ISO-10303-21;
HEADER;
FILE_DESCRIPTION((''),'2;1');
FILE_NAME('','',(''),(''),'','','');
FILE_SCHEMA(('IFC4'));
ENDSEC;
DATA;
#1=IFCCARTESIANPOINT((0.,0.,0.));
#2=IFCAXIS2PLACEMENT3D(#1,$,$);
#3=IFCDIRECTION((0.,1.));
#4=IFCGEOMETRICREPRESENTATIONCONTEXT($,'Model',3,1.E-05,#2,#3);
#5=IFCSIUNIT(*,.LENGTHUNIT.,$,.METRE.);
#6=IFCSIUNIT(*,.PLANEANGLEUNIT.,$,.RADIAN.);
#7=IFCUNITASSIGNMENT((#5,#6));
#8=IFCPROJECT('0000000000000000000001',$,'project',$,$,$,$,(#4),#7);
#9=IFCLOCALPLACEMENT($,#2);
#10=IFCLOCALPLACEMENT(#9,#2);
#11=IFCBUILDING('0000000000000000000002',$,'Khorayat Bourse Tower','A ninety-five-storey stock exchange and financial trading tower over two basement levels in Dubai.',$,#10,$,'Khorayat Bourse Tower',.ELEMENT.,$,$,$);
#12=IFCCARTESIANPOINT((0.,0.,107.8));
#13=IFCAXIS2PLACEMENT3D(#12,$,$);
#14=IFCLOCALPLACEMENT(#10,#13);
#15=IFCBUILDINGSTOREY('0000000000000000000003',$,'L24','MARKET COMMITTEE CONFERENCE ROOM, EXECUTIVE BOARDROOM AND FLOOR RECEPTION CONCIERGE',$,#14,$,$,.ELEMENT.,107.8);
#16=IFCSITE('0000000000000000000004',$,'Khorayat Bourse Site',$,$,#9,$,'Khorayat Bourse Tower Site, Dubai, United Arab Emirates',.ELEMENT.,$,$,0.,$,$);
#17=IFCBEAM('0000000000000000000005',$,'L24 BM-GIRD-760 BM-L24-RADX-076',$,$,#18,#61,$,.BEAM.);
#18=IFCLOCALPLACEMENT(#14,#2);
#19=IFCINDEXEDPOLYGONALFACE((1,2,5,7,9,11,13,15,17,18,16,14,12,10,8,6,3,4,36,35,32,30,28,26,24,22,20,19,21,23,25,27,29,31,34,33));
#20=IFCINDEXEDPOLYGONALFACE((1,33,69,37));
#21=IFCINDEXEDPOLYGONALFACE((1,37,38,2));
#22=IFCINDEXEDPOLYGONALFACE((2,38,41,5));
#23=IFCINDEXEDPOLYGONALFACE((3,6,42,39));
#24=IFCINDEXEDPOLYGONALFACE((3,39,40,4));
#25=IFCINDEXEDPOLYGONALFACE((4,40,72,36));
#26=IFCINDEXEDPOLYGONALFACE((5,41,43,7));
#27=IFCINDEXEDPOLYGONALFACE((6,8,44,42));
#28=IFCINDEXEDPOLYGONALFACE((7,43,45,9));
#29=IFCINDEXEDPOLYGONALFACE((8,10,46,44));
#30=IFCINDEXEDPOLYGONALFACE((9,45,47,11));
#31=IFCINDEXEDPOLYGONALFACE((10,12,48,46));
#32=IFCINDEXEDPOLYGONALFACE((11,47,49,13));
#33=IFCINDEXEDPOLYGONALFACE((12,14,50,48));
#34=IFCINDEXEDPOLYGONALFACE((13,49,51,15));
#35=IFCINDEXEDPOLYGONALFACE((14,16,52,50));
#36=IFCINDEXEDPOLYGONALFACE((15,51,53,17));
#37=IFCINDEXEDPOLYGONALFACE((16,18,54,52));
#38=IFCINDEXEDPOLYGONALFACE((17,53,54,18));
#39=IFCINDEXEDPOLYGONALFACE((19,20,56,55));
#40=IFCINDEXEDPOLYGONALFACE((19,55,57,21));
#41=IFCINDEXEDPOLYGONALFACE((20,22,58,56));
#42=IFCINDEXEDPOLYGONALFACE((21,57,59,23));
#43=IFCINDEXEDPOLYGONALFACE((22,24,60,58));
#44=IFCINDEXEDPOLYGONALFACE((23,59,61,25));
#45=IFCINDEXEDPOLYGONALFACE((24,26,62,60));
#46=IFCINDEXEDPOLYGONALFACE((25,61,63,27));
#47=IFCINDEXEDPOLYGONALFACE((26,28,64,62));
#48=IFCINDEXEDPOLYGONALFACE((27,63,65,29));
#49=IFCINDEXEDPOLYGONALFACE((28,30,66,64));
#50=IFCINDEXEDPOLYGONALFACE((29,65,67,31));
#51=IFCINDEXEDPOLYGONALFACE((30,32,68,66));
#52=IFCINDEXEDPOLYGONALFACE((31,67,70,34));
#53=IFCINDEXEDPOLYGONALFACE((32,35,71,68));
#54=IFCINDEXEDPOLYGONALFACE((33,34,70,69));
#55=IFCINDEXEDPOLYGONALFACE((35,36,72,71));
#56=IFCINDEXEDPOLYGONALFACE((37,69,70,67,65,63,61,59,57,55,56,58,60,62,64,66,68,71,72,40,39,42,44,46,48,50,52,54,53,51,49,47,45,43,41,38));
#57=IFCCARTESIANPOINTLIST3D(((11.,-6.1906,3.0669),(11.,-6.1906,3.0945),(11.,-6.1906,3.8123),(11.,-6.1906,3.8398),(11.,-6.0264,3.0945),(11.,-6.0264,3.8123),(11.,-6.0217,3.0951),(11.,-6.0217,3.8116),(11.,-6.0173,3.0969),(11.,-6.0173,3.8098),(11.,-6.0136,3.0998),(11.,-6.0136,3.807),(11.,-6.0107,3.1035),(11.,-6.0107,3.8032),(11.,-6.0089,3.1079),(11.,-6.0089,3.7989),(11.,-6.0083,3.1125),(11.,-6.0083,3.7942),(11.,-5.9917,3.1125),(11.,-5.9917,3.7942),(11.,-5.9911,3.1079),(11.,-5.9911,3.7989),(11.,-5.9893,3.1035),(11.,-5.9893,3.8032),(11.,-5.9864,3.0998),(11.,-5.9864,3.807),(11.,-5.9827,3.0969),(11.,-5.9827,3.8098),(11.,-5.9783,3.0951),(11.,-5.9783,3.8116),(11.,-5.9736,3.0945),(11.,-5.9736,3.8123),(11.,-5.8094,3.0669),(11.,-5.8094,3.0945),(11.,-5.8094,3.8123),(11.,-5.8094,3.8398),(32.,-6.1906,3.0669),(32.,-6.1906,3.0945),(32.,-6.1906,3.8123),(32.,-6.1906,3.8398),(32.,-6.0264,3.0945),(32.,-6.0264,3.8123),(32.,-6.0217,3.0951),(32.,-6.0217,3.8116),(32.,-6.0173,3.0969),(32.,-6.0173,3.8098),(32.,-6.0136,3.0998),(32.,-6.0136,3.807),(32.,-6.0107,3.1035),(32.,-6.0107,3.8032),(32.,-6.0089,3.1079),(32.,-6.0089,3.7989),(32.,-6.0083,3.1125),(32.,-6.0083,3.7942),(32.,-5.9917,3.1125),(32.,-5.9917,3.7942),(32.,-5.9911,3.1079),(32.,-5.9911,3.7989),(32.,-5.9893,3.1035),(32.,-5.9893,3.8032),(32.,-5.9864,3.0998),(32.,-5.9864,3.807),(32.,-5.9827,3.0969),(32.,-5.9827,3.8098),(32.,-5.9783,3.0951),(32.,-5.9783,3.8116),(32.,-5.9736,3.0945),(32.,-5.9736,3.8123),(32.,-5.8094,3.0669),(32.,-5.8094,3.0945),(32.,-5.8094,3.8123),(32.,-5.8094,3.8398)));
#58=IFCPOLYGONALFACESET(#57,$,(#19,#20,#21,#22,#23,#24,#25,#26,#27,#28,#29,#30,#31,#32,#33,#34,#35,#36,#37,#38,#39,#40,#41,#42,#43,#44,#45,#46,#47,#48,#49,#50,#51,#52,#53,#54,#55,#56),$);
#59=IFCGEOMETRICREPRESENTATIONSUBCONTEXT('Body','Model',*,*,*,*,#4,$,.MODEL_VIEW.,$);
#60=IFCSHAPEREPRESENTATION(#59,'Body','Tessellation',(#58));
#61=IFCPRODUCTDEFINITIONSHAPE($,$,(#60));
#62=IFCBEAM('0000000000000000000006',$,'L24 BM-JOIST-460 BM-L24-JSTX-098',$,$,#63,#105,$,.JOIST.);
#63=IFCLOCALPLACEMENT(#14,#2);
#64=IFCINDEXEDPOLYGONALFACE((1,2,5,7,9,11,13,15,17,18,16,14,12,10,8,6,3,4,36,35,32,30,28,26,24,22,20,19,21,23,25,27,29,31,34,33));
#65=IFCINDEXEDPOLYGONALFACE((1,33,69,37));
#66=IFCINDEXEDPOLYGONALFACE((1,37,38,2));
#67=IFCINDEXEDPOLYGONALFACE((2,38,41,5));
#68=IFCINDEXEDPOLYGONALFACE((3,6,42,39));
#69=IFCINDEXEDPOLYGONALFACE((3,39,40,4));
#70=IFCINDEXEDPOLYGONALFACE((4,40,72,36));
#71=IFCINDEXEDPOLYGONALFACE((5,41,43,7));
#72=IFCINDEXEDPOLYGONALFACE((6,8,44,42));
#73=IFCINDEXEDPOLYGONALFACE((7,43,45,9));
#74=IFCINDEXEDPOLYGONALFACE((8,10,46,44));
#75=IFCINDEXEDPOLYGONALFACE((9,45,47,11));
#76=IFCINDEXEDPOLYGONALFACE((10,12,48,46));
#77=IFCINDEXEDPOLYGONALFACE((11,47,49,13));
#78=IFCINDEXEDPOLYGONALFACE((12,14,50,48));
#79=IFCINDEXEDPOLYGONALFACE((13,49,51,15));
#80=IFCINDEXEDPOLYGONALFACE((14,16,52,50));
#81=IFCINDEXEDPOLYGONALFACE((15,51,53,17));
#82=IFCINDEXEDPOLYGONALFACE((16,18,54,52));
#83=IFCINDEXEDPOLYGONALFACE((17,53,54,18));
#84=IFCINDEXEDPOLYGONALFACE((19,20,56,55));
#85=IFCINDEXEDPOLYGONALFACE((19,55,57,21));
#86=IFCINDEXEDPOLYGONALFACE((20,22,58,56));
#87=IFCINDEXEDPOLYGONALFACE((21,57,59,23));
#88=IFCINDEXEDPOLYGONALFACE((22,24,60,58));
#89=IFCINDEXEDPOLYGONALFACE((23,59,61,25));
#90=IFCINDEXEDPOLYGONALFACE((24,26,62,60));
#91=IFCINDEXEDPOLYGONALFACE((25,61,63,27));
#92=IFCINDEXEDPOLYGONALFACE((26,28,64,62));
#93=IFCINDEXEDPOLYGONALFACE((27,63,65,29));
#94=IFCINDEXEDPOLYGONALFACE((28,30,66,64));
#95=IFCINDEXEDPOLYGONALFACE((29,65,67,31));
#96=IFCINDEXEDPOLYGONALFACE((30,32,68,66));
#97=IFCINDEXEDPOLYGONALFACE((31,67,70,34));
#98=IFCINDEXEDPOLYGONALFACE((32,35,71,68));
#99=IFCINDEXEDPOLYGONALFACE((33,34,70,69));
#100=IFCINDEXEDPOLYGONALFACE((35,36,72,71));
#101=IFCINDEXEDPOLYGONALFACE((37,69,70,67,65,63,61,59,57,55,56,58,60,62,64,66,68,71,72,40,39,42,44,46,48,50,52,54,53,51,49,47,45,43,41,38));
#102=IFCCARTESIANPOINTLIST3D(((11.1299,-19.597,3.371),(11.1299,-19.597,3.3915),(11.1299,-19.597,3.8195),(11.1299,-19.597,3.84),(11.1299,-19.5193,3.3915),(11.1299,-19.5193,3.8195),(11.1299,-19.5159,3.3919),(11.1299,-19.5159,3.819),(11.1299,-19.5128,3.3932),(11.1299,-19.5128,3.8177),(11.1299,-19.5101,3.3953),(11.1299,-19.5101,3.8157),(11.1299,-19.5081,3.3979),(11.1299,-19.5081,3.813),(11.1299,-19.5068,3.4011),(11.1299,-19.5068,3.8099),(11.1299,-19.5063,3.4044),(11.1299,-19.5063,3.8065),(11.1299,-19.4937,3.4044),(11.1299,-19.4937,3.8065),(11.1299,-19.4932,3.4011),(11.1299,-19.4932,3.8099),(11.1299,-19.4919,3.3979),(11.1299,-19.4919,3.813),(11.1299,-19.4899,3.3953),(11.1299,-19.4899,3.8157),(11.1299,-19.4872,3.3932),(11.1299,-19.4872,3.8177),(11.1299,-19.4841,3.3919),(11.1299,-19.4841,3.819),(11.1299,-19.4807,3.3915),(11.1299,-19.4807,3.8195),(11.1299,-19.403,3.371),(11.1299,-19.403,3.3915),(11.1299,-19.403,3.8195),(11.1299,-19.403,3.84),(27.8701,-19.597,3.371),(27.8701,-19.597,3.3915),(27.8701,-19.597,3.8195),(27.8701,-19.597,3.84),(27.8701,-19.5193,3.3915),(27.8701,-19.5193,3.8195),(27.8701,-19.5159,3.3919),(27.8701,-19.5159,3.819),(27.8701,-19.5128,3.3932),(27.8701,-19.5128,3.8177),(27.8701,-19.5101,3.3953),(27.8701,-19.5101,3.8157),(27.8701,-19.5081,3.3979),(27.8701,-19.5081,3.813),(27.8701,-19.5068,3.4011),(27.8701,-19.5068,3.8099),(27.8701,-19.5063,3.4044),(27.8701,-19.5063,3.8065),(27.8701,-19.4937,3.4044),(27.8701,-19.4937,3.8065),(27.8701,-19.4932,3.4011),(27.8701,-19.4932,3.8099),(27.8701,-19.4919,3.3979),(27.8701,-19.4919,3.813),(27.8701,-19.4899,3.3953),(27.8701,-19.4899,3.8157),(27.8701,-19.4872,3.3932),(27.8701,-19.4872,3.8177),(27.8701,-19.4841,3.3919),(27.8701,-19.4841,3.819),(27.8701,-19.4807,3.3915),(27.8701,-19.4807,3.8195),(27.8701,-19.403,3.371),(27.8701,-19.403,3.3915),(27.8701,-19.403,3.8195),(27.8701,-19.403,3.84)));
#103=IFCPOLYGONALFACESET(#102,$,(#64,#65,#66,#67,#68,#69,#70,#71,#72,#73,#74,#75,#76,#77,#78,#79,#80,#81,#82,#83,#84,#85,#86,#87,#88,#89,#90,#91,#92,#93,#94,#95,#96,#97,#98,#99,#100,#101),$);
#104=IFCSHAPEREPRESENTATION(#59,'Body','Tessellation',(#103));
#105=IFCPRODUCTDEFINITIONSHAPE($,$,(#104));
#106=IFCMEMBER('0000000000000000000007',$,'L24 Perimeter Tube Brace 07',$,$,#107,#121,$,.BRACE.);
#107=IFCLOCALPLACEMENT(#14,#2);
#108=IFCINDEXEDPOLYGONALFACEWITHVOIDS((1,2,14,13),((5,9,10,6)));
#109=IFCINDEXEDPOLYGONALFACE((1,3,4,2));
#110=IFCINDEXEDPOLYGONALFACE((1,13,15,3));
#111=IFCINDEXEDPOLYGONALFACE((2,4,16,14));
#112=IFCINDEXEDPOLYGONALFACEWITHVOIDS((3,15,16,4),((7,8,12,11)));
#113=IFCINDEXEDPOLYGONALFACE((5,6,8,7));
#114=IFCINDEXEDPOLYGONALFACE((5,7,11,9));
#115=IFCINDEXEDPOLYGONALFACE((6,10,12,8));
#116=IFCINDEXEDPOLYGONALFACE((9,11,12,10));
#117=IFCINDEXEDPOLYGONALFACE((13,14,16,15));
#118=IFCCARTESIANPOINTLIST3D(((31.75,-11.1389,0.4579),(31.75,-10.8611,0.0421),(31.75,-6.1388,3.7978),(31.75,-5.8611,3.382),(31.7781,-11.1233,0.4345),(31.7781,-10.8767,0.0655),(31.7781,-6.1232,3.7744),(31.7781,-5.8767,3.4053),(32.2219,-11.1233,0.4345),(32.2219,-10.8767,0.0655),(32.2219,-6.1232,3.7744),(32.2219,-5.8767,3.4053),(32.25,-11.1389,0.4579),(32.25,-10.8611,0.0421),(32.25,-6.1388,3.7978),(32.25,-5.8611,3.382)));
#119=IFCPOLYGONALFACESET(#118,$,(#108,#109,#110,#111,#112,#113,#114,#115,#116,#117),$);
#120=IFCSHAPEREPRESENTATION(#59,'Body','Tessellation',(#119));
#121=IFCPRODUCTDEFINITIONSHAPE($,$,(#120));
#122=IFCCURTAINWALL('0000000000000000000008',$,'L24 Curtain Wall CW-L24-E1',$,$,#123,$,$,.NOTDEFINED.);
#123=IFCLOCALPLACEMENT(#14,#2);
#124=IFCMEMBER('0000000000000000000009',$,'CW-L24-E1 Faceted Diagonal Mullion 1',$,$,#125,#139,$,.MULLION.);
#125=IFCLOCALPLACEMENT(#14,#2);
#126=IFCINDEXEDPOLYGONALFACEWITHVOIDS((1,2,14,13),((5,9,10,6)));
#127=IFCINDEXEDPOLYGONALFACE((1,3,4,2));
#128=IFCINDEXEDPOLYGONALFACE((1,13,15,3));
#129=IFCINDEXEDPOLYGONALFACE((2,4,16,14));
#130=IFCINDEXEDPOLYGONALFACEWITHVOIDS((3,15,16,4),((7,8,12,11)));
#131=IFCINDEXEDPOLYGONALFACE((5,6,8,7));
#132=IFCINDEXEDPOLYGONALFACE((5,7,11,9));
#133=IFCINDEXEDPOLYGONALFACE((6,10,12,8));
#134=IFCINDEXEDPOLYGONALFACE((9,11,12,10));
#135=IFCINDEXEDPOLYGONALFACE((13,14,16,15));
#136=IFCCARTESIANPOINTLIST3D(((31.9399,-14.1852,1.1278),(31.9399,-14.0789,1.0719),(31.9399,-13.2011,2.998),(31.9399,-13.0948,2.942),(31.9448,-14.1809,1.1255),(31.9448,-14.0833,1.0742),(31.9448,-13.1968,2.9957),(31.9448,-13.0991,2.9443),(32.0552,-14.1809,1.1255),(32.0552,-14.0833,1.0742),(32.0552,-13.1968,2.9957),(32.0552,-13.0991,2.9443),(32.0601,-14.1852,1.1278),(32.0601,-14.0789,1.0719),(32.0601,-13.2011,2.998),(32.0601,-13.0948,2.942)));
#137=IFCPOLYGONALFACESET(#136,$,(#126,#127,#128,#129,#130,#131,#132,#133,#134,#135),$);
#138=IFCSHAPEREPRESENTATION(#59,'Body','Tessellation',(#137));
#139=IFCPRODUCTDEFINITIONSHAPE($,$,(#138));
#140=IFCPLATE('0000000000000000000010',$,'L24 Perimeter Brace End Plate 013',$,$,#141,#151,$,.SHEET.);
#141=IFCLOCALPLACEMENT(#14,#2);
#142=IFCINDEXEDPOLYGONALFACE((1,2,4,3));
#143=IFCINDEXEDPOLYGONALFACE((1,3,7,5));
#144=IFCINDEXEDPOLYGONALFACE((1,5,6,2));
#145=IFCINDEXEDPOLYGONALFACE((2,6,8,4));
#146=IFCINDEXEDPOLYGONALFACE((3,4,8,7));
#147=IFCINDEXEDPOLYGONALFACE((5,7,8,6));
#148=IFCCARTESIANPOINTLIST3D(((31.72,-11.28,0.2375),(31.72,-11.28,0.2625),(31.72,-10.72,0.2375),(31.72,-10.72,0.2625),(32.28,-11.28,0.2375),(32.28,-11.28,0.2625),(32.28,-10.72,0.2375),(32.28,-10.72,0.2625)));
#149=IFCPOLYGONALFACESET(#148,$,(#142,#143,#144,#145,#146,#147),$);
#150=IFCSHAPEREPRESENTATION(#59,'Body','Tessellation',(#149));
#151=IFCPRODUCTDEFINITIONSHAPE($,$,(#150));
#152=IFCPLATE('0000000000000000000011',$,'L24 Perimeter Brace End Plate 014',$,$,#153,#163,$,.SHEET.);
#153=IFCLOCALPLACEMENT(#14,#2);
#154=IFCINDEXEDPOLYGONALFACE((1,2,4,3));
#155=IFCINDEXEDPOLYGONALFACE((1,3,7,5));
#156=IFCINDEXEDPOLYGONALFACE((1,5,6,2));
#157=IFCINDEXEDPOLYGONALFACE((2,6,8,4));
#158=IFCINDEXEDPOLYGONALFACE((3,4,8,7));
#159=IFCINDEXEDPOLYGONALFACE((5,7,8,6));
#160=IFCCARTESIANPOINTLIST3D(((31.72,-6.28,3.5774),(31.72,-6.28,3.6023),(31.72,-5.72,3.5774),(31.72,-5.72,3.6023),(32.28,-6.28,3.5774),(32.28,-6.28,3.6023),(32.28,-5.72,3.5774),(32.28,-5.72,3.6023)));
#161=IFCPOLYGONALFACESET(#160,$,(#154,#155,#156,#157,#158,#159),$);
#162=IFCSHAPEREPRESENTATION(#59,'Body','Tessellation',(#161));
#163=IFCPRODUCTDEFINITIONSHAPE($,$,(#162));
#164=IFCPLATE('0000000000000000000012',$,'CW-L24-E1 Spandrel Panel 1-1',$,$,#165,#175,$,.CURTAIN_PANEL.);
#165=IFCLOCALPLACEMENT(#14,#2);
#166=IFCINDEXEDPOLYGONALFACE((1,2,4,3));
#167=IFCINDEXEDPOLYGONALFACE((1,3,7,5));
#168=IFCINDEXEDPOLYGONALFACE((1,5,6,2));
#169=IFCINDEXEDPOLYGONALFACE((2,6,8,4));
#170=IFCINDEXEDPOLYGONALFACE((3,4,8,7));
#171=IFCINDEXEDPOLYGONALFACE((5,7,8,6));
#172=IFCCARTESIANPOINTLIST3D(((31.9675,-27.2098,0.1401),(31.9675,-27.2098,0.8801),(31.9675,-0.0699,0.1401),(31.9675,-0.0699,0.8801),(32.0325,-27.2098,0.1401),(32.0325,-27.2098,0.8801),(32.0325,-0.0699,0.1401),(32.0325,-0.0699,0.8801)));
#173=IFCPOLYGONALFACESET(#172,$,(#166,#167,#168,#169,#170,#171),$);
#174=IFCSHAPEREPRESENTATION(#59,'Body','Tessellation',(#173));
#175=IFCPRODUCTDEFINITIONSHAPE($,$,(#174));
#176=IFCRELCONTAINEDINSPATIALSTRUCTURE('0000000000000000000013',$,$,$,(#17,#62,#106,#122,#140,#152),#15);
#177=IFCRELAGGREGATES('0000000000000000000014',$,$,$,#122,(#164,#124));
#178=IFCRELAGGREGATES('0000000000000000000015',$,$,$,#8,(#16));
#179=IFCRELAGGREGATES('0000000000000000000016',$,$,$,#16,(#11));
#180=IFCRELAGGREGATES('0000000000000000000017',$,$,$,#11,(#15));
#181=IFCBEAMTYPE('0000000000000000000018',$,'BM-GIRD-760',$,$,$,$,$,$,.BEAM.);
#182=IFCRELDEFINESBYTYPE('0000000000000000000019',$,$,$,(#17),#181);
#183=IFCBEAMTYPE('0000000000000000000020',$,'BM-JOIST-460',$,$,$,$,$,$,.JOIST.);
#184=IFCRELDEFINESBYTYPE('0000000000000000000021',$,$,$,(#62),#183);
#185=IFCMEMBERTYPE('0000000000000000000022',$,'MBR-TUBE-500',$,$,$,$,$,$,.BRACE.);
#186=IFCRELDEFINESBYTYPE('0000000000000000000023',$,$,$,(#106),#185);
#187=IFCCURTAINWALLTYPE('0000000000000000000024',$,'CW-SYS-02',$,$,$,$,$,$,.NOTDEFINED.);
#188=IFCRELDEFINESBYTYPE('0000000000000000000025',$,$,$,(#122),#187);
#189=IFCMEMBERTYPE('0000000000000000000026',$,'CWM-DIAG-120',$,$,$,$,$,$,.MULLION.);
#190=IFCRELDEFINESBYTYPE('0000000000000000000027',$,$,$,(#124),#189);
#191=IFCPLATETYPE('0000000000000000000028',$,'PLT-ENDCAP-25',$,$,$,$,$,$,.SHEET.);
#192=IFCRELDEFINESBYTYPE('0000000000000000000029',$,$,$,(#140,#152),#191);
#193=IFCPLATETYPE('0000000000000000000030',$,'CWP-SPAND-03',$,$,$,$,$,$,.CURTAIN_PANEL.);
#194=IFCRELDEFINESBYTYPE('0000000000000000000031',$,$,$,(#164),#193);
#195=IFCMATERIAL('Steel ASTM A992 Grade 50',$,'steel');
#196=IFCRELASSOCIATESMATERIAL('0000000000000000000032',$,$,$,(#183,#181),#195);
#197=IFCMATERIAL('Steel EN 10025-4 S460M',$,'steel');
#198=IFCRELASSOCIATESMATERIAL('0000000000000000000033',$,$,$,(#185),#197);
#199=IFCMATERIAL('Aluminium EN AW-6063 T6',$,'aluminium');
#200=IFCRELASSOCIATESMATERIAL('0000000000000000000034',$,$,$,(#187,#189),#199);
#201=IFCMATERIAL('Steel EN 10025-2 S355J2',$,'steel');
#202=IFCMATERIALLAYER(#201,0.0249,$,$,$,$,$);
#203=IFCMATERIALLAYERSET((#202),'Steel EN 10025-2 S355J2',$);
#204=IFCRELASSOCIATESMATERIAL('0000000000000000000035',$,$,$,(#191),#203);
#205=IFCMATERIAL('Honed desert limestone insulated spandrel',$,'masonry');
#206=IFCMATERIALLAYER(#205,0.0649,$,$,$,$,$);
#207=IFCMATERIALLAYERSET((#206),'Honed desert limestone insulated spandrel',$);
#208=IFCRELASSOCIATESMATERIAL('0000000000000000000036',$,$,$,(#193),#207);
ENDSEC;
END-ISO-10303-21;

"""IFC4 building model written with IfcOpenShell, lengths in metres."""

from ifc_helpers import new_model, si_unit, direction, frame, origin, origin_2d, place, context, subcontext, project, spatial, rectangle, hollow_rectangle, i_section, extrude, source, transform, mapped, material, layer, layer_set, material_profile, profile_set, type_object, element, aggregate, save


model = new_model("IFC4")

# Units and contexts
model_context = context("Model", 3, precision=1e-05, world=origin(), true_north=direction((0.0, 1.0)))
body_context = subcontext(model_context, "Body", "Model", "MODEL_VIEW")
ifc_project = project(units=[si_unit("LENGTHUNIT", "METRE"), si_unit("PLANEANGLEUNIT", "RADIAN")], contexts=[model_context])

# Site, building, storey
site_placement = place(None, origin())
site = spatial("IfcSite", under=ifc_project, at=site_placement, Name="Khorayat Bourse Site", LongName="Khorayat Bourse Tower Site, Dubai, United Arab Emirates", CompositionType="ELEMENT", RefElevation=0.0)
building_placement = place(site_placement, origin())
building = spatial("IfcBuilding", under=site, at=building_placement, Name="Khorayat Bourse Tower", Description="A ninety-five-storey stock exchange and financial trading tower over two basement levels in Dubai.", LongName="Khorayat Bourse Tower", CompositionType="ELEMENT")
storey_placement = place(building_placement, frame((0.0, 0.0, 107.8)))
storey = spatial("IfcBuildingStorey", under=building, at=storey_placement, Name="L24", Description="MARKET COMMITTEE CONFERENCE ROOM, EXECUTIVE BOARDROOM AND FLOOR RECEPTION CONCIERGE", CompositionType="ELEMENT", Elevation=107.8)

# Shared definitions
ifc_material_1 = material(Name="Steel EN 10025-4 S460M", Category="steel")

# Beams
ifc_material_2 = material(Name="Steel ASTM A992 Grade 50", Category="steel")
ifc_material_profile_1 = material_profile(ifc_material_2, i_section(OverallWidth=0.1941, OverallDepth=0.469, WebThickness=0.0127, FlangeThickness=0.0205, FilletRadius=0.0129, at=origin_2d()), Name="W460X106")
ifc_profile_set_1 = profile_set([ifc_material_profile_1], Name="Steel ASTM A992 Grade 50")
beam_type_1 = type_object("IfcBeamType", Name="BM-JOIST-460", PredefinedType="JOIST", material=ifc_profile_set_1)
ifc_material_profile_2 = material_profile(ifc_material_2, i_section(OverallWidth=0.3811, OverallDepth=0.7729, WebThickness=0.0166, FlangeThickness=0.0276, FilletRadius=0.0181, at=origin_2d()), Name="W760X257")
ifc_profile_set_2 = profile_set([ifc_material_profile_2], Name="Steel ASTM A992 Grade 50")
beam_type_2 = type_object("IfcBeamType", Name="BM-GIRD-760", PredefinedType="BEAM", material=ifc_profile_set_2)
shared_shape_1 = source(origin(), body_context, "Body", "SweptSolid", [
    extrude(i_section(OverallWidth=0.3811, OverallDepth=0.7729, WebThickness=0.0166, FlangeThickness=0.0276, FilletRadius=0.0181, at=origin_2d()), origin(), (0.0, 0.0, 1.0), 21.0),
])
beam_1_placement = place(storey_placement, frame((11.0, -6.0, 3.4534), z_axis=(1.0, 0.0, 0.0), x_axis=(0.0, 1.0, 0.0)))
element("IfcBeam", 1, at=beam_1_placement, inside=storey, type_object=beam_type_2, Name="L24 BM-GIRD-760 BM-L24-RADX-076", PredefinedType="BEAM", context=body_context, shape_type="MappedRepresentation", body=[
    mapped(shared_shape_1, transform((0.0, 0.0, 0.0), scale=1.0)),
])
shared_shape_2 = source(origin(), body_context, "Body", "SweptSolid", [
    extrude(i_section(OverallWidth=0.1941, OverallDepth=0.469, WebThickness=0.0127, FlangeThickness=0.0205, FilletRadius=0.0129, at=origin_2d()), origin(), (0.0, 0.0, 1.0), 16.7402),
])
beam_2_placement = place(storey_placement, frame((11.1299, -19.5, 3.6055), z_axis=(1.0, 0.0, 0.0), x_axis=(0.0, 1.0, 0.0)))
element("IfcBeam", 2, at=beam_2_placement, inside=storey, type_object=beam_type_1, Name="L24 BM-JOIST-460 BM-L24-JSTX-098", PredefinedType="JOIST", context=body_context, shape_type="MappedRepresentation", body=[
    mapped(shared_shape_2, transform((0.0, 0.0, 0.0), scale=1.0)),
])

# Member
ifc_material_profile_3 = material_profile(ifc_material_1, hollow_rectangle(XDim=0.5, YDim=0.5, WallThickness=0.0281, at=origin_2d()), Name="HSS 500x500x28")
ifc_profile_set_3 = profile_set([ifc_material_profile_3], Name="Steel EN 10025-4 S460M")
member_type_1 = type_object("IfcMemberType", Name="MBR-TUBE-500", PredefinedType="BRACE", material=ifc_profile_set_3)
shared_shape_3 = source(origin(), body_context, "Body", "SweptSolid", [
    extrude(hollow_rectangle(XDim=0.5, YDim=0.5, WallThickness=0.0281, at=origin_2d()), origin(), (0.0, 0.0, 1.0), 6.0129),
])
member_1_placement = place(storey_placement, frame((32.0, -11.0, 0.25), z_axis=(0.0, 0.83155, 0.55545), x_axis=(-1.0, 0.0, 0.0)))
element("IfcMember", 3, at=member_1_placement, inside=storey, type_object=member_type_1, Name="L24 Perimeter Tube Brace 07", PredefinedType="BRACE", context=body_context, shape_type="MappedRepresentation", body=[
    mapped(shared_shape_3, transform((0.0, 0.0, 0.0), scale=1.0)),
])

# Curtain wall, member
ifc_material_3 = material(Name="Aluminium EN AW-6063 T6", Category="aluminium")
curtain_wall_type = type_object("IfcCurtainWallType", Name="CW-SYS-02", PredefinedType="NOTDEFINED", material=ifc_material_3)
curtain_wall_placement = place(storey_placement, origin())
curtain_wall = element("IfcCurtainWall", 4, at=curtain_wall_placement, inside=storey, type_object=curtain_wall_type, Name="L24 Curtain Wall CW-L24-E1", PredefinedType="NOTDEFINED")
ifc_material_profile_4 = material_profile(ifc_material_3, hollow_rectangle(XDim=0.1201, YDim=0.1201, WallThickness=0.0049, at=origin_2d()), Name="ALU 120x120x5")
ifc_profile_set_4 = profile_set([ifc_material_profile_4], Name="Aluminium EN AW-6063 T6")
member_type_2 = type_object("IfcMemberType", Name="CWM-DIAG-120", PredefinedType="MULLION", material=ifc_profile_set_4)
shared_shape_4 = source(origin(), body_context, "Body", "SweptSolid", [
    extrude(hollow_rectangle(XDim=0.1201, YDim=0.1201, WallThickness=0.0049, at=origin_2d()), origin(), (0.0, 0.0, 1.0), 2.1133),
])
member_2_placement = place(storey_placement, frame((32.0, -14.1321, 1.0999), z_axis=(0.0, 0.465694, 0.884946), x_axis=(-1.0, 0.0, 0.0)))
member_2 = element("IfcMember", 5, at=member_2_placement, type_object=member_type_2, Name="CW-L24-E1 Faceted Diagonal Mullion 1", PredefinedType="MULLION", context=body_context, shape_type="MappedRepresentation", body=[
    mapped(shared_shape_4, transform((0.0, 0.0, 0.0), scale=1.0)),
])

# Plates
ifc_material_4 = material(Name="Steel EN 10025-2 S355J2", Category="steel")
ifc_layer_1 = layer(ifc_material_4, 0.0249)
ifc_layer_set_1 = layer_set([ifc_layer_1], Name="Steel EN 10025-2 S355J2")
plate_type_1 = type_object("IfcPlateType", Name="PLT-ENDCAP-25", PredefinedType="SHEET", material=ifc_layer_set_1)
shared_shape_5 = source(origin(), body_context, "Body", "SweptSolid", [
    extrude(rectangle(XDim=0.5601, YDim=0.5601, at=origin_2d()), origin(), (0.0, 0.0, 1.0), 0.0249),
])
for number, where, z_axis, x_axis, name in (
    (6, (32.0, -11.0, 0.2375), (0.0, 0.0, 1.0), (1.0, 0.0, 0.0), "L24 Perimeter Brace End Plate 013"),
    (7, (32.0, -6.0, 3.5774), (0.0, 0.0, 1.0), (1.0, 0.0, 0.0), "L24 Perimeter Brace End Plate 014"),
):
    element("IfcPlate", number, at=place(storey_placement, frame(where, z_axis=z_axis, x_axis=x_axis)), inside=storey, type_object=plate_type_1, Name=name, PredefinedType="SHEET", context=body_context, shape_type="MappedRepresentation", body=[
        mapped(shared_shape_5, transform((0.0, 0.0, 0.0), scale=1.0)),
    ])

# Plate
ifc_material_5 = material(Name="Honed desert limestone insulated spandrel", Category="masonry")
ifc_layer_2 = layer(ifc_material_5, 0.0649)
ifc_layer_set_2 = layer_set([ifc_layer_2], Name="Honed desert limestone insulated spandrel")
plate_type_2 = type_object("IfcPlateType", Name="CWP-SPAND-03", PredefinedType="CURTAIN_PANEL", material=ifc_layer_set_2)
shared_shape_6 = source(origin(), body_context, "Body", "SweptSolid", [
    extrude(rectangle(XDim=27.1399, YDim=0.0649, at=origin_2d()), origin(), (0.0, 0.0, 1.0), 0.74),
])
plate_1_placement = place(storey_placement, frame((32.0, -13.6399, 0.1401), z_axis=(0.0, 0.0, 1.0), x_axis=(0.0, 1.0, 0.0)))
plate_1 = element("IfcPlate", 8, at=plate_1_placement, type_object=plate_type_2, Name="CW-L24-E1 Spandrel Panel 1-1", PredefinedType="CURTAIN_PANEL", context=body_context, shape_type="MappedRepresentation", body=[
    mapped(shared_shape_6, transform((0.0, 0.0, 0.0), scale=1.0)),
])
aggregate(curtain_wall, [plate_1, member_2])

save(model, "model.ifc")
